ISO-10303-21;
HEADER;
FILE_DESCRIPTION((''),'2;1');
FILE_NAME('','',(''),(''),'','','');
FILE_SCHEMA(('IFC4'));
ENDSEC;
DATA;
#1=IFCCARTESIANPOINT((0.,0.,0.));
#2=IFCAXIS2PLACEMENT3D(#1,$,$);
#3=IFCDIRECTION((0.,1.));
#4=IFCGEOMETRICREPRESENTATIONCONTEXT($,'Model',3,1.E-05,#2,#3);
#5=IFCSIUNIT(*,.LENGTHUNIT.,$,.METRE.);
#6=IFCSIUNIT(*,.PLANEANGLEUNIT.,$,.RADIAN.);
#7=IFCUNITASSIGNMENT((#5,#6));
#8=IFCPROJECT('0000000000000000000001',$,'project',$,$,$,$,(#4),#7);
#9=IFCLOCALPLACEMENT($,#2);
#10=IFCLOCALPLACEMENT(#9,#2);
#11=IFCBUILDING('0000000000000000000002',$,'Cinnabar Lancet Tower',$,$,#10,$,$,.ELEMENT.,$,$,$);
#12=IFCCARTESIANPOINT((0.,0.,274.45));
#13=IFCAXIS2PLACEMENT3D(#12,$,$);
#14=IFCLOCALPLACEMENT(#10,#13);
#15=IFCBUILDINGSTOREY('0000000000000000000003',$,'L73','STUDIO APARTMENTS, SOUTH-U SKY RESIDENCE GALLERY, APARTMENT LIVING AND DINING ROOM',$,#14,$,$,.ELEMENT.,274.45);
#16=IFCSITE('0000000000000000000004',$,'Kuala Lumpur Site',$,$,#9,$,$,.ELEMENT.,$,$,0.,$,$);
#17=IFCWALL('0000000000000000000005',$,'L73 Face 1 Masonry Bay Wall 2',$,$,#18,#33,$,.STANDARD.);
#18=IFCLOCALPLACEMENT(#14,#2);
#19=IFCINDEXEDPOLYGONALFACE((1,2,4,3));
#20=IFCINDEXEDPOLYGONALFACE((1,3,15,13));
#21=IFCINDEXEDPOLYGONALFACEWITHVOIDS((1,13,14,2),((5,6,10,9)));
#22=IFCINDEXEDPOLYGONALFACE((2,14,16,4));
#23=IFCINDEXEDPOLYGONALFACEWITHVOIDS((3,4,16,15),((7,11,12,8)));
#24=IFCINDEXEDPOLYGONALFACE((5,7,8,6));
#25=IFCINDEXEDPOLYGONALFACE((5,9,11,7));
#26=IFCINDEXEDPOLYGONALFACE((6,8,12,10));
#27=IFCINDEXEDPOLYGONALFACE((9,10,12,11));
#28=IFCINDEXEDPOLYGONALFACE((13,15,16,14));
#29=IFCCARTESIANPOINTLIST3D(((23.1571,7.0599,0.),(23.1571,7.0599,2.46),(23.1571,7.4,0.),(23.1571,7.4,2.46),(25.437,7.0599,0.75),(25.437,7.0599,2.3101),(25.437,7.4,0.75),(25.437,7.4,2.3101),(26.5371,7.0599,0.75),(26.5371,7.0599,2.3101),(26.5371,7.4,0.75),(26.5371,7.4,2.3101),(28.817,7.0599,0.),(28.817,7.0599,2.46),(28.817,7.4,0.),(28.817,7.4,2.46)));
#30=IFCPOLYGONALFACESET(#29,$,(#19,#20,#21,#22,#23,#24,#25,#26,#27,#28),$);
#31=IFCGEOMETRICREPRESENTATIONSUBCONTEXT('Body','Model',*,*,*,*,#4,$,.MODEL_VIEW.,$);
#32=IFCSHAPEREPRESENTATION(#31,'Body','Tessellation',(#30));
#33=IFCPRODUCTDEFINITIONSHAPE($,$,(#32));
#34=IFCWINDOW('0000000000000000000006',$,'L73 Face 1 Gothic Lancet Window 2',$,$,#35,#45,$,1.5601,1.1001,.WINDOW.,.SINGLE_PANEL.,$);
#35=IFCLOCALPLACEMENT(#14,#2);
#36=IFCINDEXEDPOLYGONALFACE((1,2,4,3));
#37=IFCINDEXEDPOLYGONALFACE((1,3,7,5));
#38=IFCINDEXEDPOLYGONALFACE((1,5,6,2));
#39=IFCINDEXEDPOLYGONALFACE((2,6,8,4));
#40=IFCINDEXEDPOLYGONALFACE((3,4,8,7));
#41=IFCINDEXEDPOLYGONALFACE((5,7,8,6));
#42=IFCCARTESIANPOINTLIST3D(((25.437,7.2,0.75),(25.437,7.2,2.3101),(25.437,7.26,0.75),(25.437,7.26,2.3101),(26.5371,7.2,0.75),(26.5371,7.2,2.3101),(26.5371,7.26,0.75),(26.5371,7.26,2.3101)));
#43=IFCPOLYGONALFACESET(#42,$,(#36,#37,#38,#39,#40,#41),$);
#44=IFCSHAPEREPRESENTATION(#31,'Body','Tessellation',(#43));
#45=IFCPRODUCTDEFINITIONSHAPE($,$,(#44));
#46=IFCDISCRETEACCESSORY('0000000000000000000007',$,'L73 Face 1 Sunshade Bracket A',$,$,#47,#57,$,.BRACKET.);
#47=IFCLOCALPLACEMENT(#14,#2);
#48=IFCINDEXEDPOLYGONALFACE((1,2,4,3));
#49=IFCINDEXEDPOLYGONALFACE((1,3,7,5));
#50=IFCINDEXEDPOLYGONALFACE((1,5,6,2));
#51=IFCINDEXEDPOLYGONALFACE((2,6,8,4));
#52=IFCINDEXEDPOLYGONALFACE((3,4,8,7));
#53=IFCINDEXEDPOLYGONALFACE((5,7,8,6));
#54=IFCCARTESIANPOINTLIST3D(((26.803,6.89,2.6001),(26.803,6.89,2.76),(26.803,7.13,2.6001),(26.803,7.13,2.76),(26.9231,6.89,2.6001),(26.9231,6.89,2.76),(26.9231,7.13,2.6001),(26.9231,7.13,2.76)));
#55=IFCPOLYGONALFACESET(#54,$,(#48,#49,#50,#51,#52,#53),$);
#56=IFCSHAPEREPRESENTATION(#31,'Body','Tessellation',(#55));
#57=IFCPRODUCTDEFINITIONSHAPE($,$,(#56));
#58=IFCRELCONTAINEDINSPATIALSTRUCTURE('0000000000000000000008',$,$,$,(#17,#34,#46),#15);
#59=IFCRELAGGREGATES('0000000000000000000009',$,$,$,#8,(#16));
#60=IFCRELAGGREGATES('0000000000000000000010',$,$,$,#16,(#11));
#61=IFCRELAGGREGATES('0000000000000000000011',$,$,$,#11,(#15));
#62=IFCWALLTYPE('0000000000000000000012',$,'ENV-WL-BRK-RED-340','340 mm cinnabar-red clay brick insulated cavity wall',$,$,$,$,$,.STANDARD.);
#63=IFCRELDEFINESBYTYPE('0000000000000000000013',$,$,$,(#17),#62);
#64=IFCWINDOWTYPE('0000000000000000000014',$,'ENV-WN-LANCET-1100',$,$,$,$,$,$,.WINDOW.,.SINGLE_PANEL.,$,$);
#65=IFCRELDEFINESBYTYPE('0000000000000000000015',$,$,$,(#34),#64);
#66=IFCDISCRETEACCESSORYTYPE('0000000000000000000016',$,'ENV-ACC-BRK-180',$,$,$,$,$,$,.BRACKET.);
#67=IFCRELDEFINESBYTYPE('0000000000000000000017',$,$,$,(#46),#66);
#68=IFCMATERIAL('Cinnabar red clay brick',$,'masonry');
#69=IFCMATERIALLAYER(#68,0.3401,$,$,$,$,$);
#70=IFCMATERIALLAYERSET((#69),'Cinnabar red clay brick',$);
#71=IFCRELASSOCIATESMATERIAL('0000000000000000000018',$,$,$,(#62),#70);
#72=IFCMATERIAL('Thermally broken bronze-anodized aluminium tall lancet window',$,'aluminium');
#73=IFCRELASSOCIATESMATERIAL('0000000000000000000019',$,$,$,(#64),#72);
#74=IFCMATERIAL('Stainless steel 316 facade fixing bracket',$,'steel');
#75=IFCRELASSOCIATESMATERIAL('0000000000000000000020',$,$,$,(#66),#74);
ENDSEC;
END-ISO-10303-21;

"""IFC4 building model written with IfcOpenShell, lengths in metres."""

from ifc_helpers import new_model, si_unit, direction, frame, frame_2d, origin, origin_2d, place, context, subcontext, project, spatial, rectangle, extrude, material, layer, layer_set, type_object, element, fill, save


model = new_model("IFC4")

# Units and contexts
model_context = context("Model", 3, precision=1e-05, world=origin(), true_north=direction((0.0, 1.0)))
body_context = subcontext(model_context, "Body", "Model", "MODEL_VIEW")
ifc_project = project(units=[si_unit("LENGTHUNIT", "METRE"), si_unit("PLANEANGLEUNIT", "RADIAN")], contexts=[model_context])

# Site, building, storey
site_placement = place(None, origin())
site = spatial("IfcSite", under=ifc_project, at=site_placement, Name="Kuala Lumpur Site", CompositionType="ELEMENT", RefElevation=0.0)
building_placement = place(site_placement, origin())
building = spatial("IfcBuilding", under=site, at=building_placement, Name="Cinnabar Lancet Tower", CompositionType="ELEMENT")
storey_placement = place(building_placement, frame((0.0, 0.0, 274.45)))
storey = spatial("IfcBuildingStorey", under=building, at=storey_placement, Name="L73", Description="STUDIO APARTMENTS, SOUTH-U SKY RESIDENCE GALLERY, APARTMENT LIVING AND DINING ROOM", CompositionType="ELEMENT", Elevation=274.45)

# Shared definitions
ifc_material_1 = material(Name="Cinnabar red clay brick", Category="masonry")
ifc_layer_1 = layer(ifc_material_1, 0.3401)
ifc_layer_set_1 = layer_set([ifc_layer_1], Name="Cinnabar red clay brick")
wall_type_1 = type_object("IfcWallType", Name="ENV-WL-BRK-RED-340", Description="340 mm cinnabar-red clay brick insulated cavity wall", PredefinedType="STANDARD", material=ifc_layer_set_1)

# Wall, opening, window
wall_1_placement = place(storey_placement, frame((23.157, 7.23, 0.0), z_axis=(0.0, 0.0, 1.0), x_axis=(1.0, 0.0, 0.0)))
wall_1 = element("IfcWall", 1, at=wall_1_placement, inside=storey, type_object=wall_type_1, Name="L73 Face 1 Masonry Bay Wall 2", PredefinedType="STANDARD", context=body_context, shape_type="SweptSolid", body=[
    extrude(rectangle(XDim=5.6599, YDim=0.3401, at=frame_2d((2.8301, 0.0))), origin(), (0.0, 0.0, 1.0), 2.46),
])
opening_1_placement = place(wall_1_placement, frame((2.28, 0.0, 0.75)))
opening_1 = element("IfcOpeningElement", 2, at=opening_1_placement, cuts=wall_1, PredefinedType="OPENING", context=body_context, shape_type="SweptSolid", body=[
    extrude(rectangle(XDim=1.1001, YDim=1.5601, at=frame_2d((0.55, 0.78))), frame((0.0, 0.1799, 0.0), z_axis=(0.0, -1.0, 0.0), x_axis=(1.0, 0.0, 0.0)), (0.0, 0.0, 1.0), 0.3601),
])
ifc_material_2 = material(Name="Thermally broken bronze-anodized aluminium tall lancet window", Category="aluminium")
window_type = type_object("IfcWindowType", Name="ENV-WN-LANCET-1100", PartitioningType="SINGLE_PANEL", PredefinedType="WINDOW", material=ifc_material_2)
window_placement = place(opening_1_placement, origin())
window = element("IfcWindow", 3, at=window_placement, inside=storey, type_object=window_type, Name="L73 Face 1 Gothic Lancet Window 2", OverallHeight=1.5601, OverallWidth=1.1001, PartitioningType="SINGLE_PANEL", PredefinedType="WINDOW", context=body_context, shape_type="SweptSolid", body=[
    extrude(rectangle(XDim=1.1001, YDim=1.5601, at=frame_2d((0.55, 0.78))), frame((0.0, 0.03, 0.0), z_axis=(0.0, -1.0, 0.0), x_axis=(1.0, 0.0, 0.0)), (0.0, 0.0, 1.0), 0.0601),
])
fill(opening_1, window)

# Discrete accessory
ifc_material_3 = material(Name="Stainless steel 316 facade fixing bracket", Category="steel")
discrete_accessory_type = type_object("IfcDiscreteAccessoryType", Name="ENV-ACC-BRK-180", PredefinedType="BRACKET", material=ifc_material_3)
discrete_accessory_placement = place(storey_placement, frame((26.863, 7.01, 2.6001), z_axis=(0.0, 0.0, 1.0), x_axis=(1.0, 0.0, 0.0)))
element("IfcDiscreteAccessory", 4, at=discrete_accessory_placement, inside=storey, type_object=discrete_accessory_type, Name="L73 Face 1 Sunshade Bracket A", PredefinedType="BRACKET", context=body_context, shape_type="SweptSolid", body=[
    extrude(rectangle(XDim=0.1201, YDim=0.24, at=origin_2d()), origin(), (0.0, 0.0, 1.0), 0.1599),
])

save(model, "model.ifc")
